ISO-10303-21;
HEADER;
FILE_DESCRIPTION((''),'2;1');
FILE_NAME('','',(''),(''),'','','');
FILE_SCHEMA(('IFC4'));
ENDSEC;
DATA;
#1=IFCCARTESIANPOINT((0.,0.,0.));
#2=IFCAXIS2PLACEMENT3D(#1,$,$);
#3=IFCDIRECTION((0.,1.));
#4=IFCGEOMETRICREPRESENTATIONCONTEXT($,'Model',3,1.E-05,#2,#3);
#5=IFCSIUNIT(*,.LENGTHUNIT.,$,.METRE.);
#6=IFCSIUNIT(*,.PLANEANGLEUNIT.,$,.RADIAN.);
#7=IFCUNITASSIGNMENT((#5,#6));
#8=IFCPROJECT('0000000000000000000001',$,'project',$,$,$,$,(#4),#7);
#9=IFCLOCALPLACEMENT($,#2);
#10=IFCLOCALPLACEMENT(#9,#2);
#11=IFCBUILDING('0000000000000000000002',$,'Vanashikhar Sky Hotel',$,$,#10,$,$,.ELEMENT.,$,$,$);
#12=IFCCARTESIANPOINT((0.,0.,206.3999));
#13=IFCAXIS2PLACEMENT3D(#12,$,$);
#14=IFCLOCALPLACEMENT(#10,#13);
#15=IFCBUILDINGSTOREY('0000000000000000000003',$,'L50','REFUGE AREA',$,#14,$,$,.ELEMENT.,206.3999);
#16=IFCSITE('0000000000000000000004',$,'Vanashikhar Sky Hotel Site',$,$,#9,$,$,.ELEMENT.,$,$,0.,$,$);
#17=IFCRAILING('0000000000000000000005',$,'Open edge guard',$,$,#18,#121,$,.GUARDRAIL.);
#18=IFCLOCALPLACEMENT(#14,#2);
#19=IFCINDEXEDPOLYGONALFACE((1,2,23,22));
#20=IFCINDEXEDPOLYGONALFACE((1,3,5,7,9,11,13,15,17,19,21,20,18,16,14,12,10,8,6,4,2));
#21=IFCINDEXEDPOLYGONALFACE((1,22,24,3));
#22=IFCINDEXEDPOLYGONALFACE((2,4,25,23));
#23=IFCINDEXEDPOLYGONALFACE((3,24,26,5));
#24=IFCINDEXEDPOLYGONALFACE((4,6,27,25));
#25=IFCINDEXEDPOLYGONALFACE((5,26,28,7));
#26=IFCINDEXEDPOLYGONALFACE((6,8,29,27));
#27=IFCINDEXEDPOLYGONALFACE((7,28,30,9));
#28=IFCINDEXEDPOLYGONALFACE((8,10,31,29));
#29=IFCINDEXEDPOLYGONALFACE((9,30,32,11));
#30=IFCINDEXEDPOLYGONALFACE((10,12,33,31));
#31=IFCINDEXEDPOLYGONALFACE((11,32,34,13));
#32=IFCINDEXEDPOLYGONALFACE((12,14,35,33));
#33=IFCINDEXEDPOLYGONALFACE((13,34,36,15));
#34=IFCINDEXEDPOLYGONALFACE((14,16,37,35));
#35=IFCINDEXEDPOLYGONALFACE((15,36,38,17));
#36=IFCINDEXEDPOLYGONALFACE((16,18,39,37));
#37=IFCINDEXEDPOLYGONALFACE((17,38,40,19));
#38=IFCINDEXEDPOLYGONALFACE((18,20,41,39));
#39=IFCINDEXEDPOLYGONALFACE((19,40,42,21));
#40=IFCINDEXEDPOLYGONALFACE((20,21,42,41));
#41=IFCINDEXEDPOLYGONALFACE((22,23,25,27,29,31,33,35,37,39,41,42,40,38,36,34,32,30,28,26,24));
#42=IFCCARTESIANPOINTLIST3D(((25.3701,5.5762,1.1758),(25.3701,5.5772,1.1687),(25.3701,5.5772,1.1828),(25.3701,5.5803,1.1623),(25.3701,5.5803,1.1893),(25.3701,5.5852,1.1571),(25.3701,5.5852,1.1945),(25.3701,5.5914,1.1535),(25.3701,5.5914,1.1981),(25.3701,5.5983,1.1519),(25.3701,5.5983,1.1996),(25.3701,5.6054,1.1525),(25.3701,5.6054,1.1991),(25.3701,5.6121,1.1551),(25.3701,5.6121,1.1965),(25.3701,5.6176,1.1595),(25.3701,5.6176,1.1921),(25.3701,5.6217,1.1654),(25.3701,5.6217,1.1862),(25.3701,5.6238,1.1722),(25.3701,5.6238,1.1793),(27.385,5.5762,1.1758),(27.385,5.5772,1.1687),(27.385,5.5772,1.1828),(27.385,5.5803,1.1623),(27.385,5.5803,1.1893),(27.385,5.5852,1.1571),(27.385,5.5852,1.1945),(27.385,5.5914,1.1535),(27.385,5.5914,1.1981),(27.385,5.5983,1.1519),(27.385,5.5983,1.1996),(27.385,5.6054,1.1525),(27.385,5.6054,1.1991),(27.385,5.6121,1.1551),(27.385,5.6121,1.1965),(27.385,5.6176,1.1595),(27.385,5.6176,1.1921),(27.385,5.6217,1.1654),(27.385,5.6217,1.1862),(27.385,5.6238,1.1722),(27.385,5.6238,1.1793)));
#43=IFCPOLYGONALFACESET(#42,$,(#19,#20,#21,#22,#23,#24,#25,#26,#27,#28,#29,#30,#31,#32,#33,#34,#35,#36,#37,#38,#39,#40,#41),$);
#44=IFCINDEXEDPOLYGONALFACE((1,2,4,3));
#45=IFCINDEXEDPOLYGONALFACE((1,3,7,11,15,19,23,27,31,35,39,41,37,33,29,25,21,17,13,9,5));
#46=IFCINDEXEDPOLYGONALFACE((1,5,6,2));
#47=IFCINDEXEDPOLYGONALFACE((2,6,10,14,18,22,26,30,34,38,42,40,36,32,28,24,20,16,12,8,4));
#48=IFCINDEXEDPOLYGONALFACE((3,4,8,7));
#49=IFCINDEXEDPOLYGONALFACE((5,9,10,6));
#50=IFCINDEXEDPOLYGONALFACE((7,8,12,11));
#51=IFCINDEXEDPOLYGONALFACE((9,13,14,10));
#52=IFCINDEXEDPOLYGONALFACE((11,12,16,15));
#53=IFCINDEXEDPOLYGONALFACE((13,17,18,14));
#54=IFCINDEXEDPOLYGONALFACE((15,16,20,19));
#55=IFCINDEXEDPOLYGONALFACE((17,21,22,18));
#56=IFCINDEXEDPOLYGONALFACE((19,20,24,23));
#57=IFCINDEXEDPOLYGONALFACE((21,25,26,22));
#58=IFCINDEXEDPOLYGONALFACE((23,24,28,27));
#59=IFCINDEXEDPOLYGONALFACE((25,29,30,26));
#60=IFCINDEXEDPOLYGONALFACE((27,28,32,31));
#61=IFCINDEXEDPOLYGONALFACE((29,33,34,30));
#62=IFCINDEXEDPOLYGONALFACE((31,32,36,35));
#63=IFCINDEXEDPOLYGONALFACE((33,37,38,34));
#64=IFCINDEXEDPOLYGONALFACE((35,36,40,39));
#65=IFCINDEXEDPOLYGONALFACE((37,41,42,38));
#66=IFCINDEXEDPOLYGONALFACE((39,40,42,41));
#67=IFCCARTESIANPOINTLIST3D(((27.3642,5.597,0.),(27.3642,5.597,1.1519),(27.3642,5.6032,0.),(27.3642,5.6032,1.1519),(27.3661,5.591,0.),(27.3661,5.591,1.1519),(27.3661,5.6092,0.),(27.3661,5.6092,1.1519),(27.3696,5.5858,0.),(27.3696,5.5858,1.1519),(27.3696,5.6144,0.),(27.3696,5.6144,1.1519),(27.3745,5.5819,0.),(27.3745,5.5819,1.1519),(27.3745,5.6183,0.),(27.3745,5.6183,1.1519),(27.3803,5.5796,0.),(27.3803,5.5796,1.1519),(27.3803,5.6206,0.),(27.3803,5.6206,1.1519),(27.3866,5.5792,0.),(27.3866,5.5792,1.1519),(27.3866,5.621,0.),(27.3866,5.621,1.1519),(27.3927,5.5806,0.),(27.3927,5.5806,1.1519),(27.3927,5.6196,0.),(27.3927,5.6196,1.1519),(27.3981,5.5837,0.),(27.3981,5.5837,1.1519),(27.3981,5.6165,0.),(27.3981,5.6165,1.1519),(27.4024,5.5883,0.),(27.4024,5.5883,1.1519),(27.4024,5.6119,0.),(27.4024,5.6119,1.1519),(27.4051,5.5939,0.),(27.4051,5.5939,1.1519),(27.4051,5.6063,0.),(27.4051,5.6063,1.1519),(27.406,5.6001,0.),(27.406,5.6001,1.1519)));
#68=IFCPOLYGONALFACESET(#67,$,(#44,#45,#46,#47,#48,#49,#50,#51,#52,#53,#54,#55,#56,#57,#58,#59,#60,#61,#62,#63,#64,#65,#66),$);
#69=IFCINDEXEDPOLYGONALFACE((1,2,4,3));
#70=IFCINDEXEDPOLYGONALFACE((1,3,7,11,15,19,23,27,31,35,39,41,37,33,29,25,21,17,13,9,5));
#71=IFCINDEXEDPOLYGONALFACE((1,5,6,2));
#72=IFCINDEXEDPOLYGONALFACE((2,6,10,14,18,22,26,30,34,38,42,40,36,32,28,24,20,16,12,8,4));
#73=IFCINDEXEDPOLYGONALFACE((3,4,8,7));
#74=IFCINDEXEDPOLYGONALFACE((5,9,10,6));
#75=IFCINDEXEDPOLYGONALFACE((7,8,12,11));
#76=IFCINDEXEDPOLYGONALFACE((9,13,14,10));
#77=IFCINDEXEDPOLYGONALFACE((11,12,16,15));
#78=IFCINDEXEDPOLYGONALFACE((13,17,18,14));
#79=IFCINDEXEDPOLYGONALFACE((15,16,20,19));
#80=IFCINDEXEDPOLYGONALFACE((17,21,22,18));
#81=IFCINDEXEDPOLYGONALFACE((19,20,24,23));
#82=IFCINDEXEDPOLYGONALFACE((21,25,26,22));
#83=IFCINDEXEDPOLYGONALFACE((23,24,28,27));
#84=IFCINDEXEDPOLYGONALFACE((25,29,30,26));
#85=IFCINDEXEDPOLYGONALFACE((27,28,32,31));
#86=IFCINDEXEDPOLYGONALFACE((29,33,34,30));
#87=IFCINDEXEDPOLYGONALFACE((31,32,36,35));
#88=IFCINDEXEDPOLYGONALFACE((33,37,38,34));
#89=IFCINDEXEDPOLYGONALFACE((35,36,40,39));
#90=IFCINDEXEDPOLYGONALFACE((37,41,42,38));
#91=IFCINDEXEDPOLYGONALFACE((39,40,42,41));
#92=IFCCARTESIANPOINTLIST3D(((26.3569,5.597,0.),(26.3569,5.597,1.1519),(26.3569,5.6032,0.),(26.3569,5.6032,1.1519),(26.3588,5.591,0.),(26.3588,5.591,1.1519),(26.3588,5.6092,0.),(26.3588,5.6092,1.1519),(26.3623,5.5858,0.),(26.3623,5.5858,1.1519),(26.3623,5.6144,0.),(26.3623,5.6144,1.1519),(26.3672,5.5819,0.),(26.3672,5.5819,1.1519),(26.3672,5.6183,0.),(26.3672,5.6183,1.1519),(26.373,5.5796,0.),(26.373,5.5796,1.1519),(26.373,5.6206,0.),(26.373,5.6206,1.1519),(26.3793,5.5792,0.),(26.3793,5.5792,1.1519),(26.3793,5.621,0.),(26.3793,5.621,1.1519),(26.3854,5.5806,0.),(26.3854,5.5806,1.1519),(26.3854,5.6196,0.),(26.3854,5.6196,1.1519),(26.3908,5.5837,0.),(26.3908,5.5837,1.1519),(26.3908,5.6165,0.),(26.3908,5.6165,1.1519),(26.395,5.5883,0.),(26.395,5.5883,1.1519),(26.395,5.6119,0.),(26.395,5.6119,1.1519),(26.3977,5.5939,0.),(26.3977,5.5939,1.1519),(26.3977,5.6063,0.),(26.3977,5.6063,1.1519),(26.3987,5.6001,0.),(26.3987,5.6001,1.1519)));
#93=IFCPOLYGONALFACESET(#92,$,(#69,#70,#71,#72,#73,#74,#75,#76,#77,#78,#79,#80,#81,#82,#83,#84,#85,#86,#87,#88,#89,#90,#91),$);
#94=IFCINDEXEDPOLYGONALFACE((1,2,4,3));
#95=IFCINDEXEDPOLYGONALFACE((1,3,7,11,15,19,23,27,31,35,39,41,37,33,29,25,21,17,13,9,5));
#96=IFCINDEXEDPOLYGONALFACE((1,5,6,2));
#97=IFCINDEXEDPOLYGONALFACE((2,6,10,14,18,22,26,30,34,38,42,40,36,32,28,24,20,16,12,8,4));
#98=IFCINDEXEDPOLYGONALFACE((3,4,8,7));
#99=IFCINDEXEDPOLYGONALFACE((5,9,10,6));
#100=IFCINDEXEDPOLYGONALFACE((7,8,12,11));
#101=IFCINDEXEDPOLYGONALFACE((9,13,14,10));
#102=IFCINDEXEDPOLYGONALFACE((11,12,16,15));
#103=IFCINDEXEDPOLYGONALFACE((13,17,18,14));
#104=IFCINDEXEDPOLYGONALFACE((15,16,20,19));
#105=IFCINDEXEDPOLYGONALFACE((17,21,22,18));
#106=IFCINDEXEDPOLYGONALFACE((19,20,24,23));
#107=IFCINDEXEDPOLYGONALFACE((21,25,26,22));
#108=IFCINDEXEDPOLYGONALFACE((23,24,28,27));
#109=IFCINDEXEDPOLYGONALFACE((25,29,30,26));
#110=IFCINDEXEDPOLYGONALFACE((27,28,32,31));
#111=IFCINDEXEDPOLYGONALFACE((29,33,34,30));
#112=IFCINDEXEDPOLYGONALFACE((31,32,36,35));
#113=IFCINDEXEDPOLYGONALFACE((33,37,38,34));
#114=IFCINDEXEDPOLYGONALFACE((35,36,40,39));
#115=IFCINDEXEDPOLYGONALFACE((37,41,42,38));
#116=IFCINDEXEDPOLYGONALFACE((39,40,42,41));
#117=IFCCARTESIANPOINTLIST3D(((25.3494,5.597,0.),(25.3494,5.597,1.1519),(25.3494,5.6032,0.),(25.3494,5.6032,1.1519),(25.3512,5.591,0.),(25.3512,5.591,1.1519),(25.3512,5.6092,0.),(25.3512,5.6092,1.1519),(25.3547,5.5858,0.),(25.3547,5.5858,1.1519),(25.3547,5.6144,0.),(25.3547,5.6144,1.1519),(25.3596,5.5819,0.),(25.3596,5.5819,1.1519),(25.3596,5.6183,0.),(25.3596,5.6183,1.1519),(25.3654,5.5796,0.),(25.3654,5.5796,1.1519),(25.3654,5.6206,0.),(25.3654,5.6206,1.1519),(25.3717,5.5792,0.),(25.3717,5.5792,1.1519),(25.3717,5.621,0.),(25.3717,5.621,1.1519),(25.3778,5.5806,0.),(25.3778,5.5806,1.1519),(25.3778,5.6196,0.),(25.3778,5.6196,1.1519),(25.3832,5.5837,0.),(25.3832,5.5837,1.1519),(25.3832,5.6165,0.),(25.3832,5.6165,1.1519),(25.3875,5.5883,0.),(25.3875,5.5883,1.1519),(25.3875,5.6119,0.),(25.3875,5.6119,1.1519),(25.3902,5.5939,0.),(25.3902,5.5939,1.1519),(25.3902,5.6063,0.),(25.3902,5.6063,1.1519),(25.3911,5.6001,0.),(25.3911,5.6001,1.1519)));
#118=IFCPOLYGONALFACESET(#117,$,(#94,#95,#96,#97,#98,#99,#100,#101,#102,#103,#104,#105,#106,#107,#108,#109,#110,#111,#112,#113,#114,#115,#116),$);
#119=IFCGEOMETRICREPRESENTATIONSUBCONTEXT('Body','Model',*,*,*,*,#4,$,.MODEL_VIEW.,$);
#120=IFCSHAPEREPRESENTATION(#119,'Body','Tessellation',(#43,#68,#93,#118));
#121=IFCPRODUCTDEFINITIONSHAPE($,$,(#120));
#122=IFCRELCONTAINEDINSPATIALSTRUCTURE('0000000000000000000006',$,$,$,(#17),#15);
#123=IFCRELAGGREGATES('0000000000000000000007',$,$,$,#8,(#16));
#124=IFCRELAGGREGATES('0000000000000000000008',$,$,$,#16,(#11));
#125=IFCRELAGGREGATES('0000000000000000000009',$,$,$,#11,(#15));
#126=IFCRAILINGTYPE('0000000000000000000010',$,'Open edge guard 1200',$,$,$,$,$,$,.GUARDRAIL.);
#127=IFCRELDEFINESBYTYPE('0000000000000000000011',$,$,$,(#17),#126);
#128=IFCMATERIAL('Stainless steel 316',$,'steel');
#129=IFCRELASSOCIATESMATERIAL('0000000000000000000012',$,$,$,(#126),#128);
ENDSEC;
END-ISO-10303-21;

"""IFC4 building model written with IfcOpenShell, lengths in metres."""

from ifc_helpers import new_model, si_unit, direction, frame, origin, origin_2d, place, context, subcontext, project, spatial, circle, extrude, source, transform, mapped, material, type_object, element, save


model = new_model("IFC4")

# Units and contexts
model_context = context("Model", 3, precision=1e-05, world=origin(), true_north=direction((0.0, 1.0)))
body_context = subcontext(model_context, "Body", "Model", "MODEL_VIEW")
ifc_project = project(units=[si_unit("LENGTHUNIT", "METRE"), si_unit("PLANEANGLEUNIT", "RADIAN")], contexts=[model_context])

# Site, building, storey
site_placement = place(None, origin())
site = spatial("IfcSite", under=ifc_project, at=site_placement, Name="Vanashikhar Sky Hotel Site", CompositionType="ELEMENT", RefElevation=0.0)
building_placement = place(site_placement, origin())
building = spatial("IfcBuilding", under=site, at=building_placement, Name="Vanashikhar Sky Hotel", CompositionType="ELEMENT")
storey_placement = place(building_placement, frame((0.0, 0.0, 206.3999)))
storey = spatial("IfcBuildingStorey", under=building, at=storey_placement, Name="L50", Description="REFUGE AREA", CompositionType="ELEMENT", Elevation=206.3999)

# Railing
ifc_material_1 = material(Name="Stainless steel 316", Category="steel")
railing_type = type_object("IfcRailingType", Name="Open edge guard 1200", PredefinedType="GUARDRAIL", material=ifc_material_1)
shared_shape_1 = source(origin(), body_context, "Body", "SweptSolid", [
    extrude(circle(Radius=0.0239, at=origin_2d()), frame((0.0, 0.0, 1.1758), z_axis=(-1.0, 0.0, 0.0), x_axis=(0.0, -1.0, 0.0)), (0.0, 0.0, 1.0), 2.0149),
    extrude(circle(Radius=0.021, at=origin_2d()), origin(), (0.0, 0.0, 1.0), 1.1519),
    extrude(circle(Radius=0.021, at=origin_2d()), frame((-1.0073, 0.0, 0.0)), (0.0, 0.0, 1.0), 1.1519),
    extrude(circle(Radius=0.021, at=origin_2d()), frame((-2.0149, 0.0, 0.0)), (0.0, 0.0, 1.0), 1.1519),
])
for number, where, name in (
    (1, (27.385, 5.6001, 0.0), "Open edge guard"),
):
    element("IfcRailing", number, at=place(storey_placement, frame(where)), inside=storey, type_object=railing_type, Name=name, PredefinedType="GUARDRAIL", context=body_context, shape_type="MappedRepresentation", body=[
        mapped(shared_shape_1, transform((0.0, 0.0, 0.0), scale=1.0)),
    ])

save(model, "model.ifc")
